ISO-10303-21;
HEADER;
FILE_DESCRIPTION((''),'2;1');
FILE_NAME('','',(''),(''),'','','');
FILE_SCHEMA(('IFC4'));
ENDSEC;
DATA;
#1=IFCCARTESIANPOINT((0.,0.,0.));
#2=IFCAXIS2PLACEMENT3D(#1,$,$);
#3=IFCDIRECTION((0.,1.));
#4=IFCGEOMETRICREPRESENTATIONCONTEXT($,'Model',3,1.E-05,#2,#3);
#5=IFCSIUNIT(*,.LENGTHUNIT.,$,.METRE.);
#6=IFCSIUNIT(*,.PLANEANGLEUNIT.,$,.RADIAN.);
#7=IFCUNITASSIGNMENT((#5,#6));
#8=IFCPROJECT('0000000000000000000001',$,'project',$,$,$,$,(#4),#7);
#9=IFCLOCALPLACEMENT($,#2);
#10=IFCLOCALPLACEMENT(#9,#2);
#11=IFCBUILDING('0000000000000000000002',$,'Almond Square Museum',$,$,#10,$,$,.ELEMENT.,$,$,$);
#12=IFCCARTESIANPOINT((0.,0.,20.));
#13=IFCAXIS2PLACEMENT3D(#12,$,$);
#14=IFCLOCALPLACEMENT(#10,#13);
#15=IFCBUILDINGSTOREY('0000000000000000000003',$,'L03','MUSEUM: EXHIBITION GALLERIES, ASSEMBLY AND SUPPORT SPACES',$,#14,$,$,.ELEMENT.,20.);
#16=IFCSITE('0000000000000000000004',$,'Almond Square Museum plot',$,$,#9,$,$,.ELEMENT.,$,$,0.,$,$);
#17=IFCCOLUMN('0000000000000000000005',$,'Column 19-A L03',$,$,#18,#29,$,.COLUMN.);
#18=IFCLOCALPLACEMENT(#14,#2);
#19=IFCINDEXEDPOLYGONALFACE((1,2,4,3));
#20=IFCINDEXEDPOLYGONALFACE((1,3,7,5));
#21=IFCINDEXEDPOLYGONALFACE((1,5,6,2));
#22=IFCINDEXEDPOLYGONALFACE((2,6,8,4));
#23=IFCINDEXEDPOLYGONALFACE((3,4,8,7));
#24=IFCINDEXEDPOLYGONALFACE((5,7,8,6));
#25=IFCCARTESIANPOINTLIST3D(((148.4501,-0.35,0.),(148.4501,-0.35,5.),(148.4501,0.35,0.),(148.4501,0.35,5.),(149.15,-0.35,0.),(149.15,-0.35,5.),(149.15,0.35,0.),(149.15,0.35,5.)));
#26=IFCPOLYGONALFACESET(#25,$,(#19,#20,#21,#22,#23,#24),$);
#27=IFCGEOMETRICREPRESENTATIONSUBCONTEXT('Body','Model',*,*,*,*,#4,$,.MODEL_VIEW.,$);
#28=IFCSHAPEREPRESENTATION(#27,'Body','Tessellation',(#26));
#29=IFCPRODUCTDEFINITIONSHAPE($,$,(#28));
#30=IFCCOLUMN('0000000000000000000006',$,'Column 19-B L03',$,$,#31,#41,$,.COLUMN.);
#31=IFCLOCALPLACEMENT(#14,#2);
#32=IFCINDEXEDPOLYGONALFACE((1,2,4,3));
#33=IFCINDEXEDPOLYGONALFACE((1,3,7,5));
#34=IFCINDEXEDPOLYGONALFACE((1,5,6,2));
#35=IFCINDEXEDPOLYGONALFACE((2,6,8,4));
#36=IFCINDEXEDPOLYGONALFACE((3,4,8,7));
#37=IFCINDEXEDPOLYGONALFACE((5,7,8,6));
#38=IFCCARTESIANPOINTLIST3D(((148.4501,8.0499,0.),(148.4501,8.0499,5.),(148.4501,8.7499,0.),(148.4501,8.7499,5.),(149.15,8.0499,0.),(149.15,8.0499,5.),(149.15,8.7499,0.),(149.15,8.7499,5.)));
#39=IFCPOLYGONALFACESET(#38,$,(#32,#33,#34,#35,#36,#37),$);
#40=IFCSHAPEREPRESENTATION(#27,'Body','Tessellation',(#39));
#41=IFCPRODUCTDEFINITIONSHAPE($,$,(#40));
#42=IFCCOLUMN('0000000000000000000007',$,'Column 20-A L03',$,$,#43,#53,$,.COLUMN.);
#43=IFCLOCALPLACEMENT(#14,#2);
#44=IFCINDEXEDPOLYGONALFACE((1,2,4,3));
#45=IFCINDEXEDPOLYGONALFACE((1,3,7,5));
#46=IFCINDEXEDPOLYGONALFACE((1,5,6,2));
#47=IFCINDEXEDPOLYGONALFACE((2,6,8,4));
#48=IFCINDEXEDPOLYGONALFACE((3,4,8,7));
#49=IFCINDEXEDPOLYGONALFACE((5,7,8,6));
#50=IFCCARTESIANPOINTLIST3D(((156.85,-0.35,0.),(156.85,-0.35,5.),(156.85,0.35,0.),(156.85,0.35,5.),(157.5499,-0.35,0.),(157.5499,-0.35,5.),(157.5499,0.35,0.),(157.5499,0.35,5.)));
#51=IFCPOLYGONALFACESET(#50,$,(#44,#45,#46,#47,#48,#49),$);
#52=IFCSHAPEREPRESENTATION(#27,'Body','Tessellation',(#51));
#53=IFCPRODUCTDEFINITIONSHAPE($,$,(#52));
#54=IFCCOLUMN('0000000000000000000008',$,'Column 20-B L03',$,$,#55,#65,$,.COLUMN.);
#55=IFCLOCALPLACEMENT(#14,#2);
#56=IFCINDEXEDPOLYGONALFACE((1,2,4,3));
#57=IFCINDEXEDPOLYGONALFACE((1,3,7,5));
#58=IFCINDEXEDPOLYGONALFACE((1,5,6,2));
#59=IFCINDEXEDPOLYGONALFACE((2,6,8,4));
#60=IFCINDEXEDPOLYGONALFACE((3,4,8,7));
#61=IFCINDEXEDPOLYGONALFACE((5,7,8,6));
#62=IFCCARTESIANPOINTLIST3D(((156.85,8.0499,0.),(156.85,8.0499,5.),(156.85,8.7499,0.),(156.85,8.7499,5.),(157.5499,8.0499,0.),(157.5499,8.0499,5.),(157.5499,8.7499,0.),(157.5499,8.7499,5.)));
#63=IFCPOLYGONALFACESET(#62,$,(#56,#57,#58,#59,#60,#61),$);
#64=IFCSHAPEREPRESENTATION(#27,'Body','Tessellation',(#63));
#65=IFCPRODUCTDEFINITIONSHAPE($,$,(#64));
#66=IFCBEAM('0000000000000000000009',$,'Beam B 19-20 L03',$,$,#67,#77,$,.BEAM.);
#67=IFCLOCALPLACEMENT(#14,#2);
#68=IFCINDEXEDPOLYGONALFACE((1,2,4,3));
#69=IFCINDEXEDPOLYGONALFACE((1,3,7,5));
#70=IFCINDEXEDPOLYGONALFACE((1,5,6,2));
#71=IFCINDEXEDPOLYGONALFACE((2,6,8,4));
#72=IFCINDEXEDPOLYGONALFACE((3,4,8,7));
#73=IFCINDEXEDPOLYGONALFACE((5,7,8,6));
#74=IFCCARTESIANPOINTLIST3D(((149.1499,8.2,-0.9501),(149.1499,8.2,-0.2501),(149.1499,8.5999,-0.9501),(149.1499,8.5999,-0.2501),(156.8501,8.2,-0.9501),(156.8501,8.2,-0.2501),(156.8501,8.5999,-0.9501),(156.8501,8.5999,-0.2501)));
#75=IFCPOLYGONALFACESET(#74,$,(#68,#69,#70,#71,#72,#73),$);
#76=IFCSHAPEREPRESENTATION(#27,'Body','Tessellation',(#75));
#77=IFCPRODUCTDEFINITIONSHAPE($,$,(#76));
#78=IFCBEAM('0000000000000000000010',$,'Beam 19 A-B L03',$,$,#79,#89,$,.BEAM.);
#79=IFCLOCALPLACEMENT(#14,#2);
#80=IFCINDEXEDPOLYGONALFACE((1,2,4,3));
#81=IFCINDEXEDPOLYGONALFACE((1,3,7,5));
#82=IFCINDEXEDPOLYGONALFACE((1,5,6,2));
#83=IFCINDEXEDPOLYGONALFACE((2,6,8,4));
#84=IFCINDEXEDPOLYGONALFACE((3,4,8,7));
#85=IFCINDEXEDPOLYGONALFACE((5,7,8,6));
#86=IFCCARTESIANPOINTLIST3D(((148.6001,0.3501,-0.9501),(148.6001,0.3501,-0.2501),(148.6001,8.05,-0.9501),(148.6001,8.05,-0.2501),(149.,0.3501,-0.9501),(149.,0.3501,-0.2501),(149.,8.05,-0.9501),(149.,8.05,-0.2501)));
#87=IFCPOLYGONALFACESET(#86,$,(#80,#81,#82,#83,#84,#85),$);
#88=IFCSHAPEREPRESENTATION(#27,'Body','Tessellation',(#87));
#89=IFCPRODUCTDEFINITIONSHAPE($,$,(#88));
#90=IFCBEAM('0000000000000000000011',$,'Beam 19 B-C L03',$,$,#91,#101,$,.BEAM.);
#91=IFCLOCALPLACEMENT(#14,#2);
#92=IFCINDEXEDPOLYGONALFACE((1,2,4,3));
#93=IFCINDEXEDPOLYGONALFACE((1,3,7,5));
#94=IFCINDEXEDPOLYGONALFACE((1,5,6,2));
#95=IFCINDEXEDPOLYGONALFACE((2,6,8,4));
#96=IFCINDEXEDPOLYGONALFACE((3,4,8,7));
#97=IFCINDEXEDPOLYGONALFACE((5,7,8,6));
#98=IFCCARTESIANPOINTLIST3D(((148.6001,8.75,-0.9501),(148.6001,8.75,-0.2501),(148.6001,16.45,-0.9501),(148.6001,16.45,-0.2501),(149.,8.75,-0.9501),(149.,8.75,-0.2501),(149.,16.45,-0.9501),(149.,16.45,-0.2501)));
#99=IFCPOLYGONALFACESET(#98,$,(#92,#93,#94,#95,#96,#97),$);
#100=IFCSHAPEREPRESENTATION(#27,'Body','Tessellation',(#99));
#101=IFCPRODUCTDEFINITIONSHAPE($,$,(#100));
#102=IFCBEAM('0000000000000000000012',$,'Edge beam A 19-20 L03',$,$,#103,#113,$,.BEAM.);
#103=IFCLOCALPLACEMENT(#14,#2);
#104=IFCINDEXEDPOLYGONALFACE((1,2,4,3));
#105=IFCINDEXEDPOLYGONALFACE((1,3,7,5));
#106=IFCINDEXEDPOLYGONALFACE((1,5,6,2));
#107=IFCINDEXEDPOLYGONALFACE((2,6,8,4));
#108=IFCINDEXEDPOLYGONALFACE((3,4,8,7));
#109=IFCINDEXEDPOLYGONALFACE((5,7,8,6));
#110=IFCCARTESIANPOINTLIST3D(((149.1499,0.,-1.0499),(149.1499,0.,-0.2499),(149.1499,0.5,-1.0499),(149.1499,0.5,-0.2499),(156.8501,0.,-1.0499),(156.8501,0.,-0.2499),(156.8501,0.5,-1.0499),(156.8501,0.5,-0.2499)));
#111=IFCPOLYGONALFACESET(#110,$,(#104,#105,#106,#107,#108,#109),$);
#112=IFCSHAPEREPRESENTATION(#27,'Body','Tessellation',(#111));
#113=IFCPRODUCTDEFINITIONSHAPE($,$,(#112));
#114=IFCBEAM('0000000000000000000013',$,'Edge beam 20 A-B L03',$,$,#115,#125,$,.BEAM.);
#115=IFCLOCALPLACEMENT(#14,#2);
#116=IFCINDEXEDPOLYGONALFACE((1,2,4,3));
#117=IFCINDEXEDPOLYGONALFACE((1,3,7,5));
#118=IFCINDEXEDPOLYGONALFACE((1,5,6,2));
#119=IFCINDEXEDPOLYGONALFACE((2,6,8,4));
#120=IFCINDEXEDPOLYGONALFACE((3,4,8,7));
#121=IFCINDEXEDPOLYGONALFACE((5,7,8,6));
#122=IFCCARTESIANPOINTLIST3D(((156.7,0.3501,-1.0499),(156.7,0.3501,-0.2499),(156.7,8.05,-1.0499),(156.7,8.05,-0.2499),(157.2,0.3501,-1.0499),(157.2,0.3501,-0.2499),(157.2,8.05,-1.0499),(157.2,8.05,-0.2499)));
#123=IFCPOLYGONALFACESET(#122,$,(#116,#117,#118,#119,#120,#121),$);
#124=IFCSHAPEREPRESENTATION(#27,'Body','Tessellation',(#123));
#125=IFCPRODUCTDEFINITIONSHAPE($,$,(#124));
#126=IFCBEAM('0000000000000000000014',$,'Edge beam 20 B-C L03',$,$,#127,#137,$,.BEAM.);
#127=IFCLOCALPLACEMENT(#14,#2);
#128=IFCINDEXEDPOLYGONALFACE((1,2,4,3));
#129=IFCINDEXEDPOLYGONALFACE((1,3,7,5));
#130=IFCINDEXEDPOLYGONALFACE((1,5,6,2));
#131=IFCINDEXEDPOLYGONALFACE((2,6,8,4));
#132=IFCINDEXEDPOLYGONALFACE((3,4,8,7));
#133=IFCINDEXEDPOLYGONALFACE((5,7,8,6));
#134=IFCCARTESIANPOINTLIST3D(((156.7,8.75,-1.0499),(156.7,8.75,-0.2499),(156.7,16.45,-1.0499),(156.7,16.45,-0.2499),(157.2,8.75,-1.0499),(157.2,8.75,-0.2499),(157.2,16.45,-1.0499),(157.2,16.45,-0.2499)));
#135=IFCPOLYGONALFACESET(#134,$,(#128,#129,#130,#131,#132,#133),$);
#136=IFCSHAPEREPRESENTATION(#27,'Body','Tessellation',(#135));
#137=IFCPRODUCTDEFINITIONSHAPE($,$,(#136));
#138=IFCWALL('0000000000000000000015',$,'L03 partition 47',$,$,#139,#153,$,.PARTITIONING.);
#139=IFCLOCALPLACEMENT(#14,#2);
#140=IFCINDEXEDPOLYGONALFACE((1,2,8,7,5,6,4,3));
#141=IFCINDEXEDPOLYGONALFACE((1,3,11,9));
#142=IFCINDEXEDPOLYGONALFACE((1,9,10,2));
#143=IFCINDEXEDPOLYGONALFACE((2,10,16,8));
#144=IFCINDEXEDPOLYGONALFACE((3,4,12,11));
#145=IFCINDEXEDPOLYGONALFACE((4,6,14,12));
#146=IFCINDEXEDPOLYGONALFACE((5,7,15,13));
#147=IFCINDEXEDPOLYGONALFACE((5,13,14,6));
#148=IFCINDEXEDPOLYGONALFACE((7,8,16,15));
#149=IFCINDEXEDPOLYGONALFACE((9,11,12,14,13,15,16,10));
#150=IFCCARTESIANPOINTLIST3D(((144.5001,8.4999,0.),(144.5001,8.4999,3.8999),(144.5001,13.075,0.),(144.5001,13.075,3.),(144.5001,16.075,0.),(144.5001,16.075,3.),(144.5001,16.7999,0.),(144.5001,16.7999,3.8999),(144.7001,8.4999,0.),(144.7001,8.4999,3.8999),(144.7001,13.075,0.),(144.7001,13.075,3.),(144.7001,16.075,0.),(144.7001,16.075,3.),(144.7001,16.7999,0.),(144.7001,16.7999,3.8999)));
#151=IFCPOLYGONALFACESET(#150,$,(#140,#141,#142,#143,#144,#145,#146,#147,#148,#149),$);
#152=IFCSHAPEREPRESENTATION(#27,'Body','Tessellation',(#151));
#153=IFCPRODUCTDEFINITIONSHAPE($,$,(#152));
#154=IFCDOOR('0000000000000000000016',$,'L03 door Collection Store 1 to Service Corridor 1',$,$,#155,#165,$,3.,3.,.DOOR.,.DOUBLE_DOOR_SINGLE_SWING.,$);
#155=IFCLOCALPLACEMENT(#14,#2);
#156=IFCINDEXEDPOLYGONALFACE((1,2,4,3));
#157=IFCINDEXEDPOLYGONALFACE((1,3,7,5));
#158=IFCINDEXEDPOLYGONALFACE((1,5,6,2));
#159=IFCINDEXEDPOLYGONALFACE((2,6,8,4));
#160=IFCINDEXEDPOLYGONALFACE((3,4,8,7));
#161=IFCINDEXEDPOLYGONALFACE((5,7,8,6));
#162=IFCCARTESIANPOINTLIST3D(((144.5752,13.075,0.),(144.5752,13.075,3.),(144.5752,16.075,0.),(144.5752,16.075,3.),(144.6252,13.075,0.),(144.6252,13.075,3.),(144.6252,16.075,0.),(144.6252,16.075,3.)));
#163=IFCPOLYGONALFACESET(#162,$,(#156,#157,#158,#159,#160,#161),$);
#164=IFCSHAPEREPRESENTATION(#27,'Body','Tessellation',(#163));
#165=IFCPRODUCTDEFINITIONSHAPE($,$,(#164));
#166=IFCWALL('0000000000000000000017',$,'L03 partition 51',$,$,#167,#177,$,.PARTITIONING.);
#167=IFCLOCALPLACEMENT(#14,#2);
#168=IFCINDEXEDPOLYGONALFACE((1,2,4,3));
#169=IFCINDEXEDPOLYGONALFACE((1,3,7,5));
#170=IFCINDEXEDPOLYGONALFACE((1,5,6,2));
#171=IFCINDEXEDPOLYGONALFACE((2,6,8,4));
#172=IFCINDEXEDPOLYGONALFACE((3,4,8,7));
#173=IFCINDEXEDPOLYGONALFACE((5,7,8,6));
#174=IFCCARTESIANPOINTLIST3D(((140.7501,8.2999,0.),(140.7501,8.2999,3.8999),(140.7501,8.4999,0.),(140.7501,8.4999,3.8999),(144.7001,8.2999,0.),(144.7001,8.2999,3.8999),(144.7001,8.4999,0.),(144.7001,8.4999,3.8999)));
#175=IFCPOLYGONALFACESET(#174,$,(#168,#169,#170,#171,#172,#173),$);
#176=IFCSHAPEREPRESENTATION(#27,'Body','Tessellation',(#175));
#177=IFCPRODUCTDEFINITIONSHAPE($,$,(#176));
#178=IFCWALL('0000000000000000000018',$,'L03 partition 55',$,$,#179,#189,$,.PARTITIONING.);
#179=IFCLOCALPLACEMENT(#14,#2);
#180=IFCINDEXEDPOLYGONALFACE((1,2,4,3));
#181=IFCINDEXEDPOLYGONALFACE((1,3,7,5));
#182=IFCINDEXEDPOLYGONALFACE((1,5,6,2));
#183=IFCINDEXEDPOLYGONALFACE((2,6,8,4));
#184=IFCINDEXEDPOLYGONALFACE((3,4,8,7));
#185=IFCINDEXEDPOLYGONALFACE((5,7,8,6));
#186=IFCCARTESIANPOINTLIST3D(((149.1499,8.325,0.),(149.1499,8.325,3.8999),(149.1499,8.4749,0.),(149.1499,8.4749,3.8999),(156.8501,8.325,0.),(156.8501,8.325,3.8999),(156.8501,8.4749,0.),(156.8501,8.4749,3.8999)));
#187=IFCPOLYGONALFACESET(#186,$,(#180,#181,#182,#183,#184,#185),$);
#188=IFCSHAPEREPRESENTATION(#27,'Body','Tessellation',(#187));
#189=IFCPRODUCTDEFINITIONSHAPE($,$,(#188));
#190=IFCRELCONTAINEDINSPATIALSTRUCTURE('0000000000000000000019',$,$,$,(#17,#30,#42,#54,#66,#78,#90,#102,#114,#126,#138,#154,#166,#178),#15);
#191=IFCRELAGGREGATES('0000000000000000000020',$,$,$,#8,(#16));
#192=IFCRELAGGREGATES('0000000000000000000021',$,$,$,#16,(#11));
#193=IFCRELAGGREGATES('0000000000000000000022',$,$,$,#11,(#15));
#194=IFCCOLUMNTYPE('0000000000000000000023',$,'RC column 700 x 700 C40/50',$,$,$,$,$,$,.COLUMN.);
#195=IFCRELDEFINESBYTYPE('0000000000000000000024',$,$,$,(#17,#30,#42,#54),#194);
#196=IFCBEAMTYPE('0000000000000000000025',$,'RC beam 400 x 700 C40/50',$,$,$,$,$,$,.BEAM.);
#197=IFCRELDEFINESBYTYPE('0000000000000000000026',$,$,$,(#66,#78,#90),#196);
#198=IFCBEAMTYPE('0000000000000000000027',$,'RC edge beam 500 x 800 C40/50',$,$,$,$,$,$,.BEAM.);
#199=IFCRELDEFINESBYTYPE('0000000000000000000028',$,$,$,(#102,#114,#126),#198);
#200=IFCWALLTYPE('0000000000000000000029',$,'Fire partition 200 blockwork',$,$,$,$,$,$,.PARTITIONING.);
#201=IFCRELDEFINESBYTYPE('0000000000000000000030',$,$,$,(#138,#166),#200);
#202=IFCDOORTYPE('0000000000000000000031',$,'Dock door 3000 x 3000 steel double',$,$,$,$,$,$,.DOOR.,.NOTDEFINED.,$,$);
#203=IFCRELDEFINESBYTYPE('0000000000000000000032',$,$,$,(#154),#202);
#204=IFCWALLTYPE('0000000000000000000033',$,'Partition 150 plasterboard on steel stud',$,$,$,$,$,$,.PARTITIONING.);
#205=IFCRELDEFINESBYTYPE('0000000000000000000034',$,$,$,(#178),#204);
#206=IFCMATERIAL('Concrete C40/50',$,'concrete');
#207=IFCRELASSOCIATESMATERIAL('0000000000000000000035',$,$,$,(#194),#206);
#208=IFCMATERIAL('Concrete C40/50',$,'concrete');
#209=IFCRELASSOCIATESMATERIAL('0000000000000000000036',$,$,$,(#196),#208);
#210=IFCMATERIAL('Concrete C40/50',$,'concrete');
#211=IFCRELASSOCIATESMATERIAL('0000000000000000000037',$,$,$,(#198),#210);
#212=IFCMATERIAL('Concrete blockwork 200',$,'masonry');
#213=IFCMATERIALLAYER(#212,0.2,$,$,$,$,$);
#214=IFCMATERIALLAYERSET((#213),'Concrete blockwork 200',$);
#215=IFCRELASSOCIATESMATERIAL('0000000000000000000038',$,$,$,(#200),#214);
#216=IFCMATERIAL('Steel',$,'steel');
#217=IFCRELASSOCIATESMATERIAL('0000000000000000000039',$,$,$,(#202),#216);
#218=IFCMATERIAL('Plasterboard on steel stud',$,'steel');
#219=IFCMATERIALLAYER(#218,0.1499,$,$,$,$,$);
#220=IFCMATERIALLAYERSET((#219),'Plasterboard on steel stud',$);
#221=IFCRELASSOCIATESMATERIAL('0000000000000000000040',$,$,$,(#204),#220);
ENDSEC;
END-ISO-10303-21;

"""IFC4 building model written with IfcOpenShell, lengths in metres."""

from ifc_helpers import new_model, si_unit, direction, frame, frame_2d, origin, origin_2d, place, context, subcontext, project, spatial, rectangle, extrude, material, layer, layer_set, material_profile, profile_set, type_object, element, fill, save


model = new_model("IFC4")

# Units and contexts
model_context = context("Model", 3, precision=1e-05, world=origin(), true_north=direction((0.0, 1.0)))
body_context = subcontext(model_context, "Body", "Model", "MODEL_VIEW")
ifc_project = project(units=[si_unit("LENGTHUNIT", "METRE"), si_unit("PLANEANGLEUNIT", "RADIAN")], contexts=[model_context])

# Site, building, storey
site_placement = place(None, origin())
site = spatial("IfcSite", under=ifc_project, at=site_placement, Name="Almond Square Museum plot", CompositionType="ELEMENT", RefElevation=0.0)
building_placement = place(site_placement, origin())
building = spatial("IfcBuilding", under=site, at=building_placement, Name="Almond Square Museum", CompositionType="ELEMENT")
storey_placement = place(building_placement, frame((0.0, 0.0, 20.0)))
storey = spatial("IfcBuildingStorey", under=building, at=storey_placement, Name="L03", Description="MUSEUM: EXHIBITION GALLERIES, ASSEMBLY AND SUPPORT SPACES", CompositionType="ELEMENT", Elevation=20.0)

# Columns
ifc_material_1 = material(Name="Concrete C40/50", Category="concrete")
ifc_material_profile_1 = material_profile(ifc_material_1, rectangle(XDim=0.7, YDim=0.7, at=origin_2d()))
ifc_profile_set_1 = profile_set([ifc_material_profile_1], Name="Concrete C40/50")
column_type = type_object("IfcColumnType", Name="RC column 700 x 700 C40/50", PredefinedType="COLUMN", material=ifc_profile_set_1)
for number, where, z_axis, x_axis, name in (
    (1, (148.8, 0.0, 0.0), (0.0, 0.0, 1.0), (1.0, 0.0, 0.0), "Column 19-A L03"),
    (2, (148.8, 8.3999, 0.0), (0.0, 0.0, 1.0), (1.0, 0.0, 0.0), "Column 19-B L03"),
    (3, (157.2, 0.0, 0.0), (0.0, 0.0, 1.0), (1.0, 0.0, 0.0), "Column 20-A L03"),
    (4, (157.2, 8.3999, 0.0), (0.0, 0.0, 1.0), (1.0, 0.0, 0.0), "Column 20-B L03"),
):
    element("IfcColumn", number, at=place(storey_placement, frame(where, z_axis=z_axis, x_axis=x_axis)), inside=storey, type_object=column_type, Name=name, PredefinedType="COLUMN", context=body_context, shape_type="SweptSolid", body=[
        extrude(rectangle(XDim=0.7, YDim=0.7, at=origin_2d()), origin(), (0.0, 0.0, 1.0), 5.0),
    ])

# Beams
ifc_material_2 = material(Name="Concrete C40/50", Category="concrete")
ifc_material_profile_2 = material_profile(ifc_material_2, rectangle(XDim=0.3999, YDim=0.7, at=origin_2d()))
ifc_profile_set_2 = profile_set([ifc_material_profile_2], Name="Concrete C40/50")
beam_type_1 = type_object("IfcBeamType", Name="RC beam 400 x 700 C40/50", PredefinedType="BEAM", material=ifc_profile_set_2)
beam_1_placement = place(storey_placement, frame((149.1499, 8.3999, -0.6001), z_axis=(1.0, 0.0, 0.0), x_axis=(0.0, 1.0, 0.0)))
element("IfcBeam", 5, at=beam_1_placement, inside=storey, type_object=beam_type_1, Name="Beam B 19-20 L03", PredefinedType="BEAM", context=body_context, shape_type="SweptSolid", body=[
    extrude(rectangle(XDim=0.3999, YDim=0.7, at=origin_2d()), origin(), (0.0, 0.0, 1.0), 7.7002),
])
for number, where, z_axis, x_axis, name in (
    (6, (148.8, 0.3501, -0.6001), (0.0, 1.0, 0.0), (-1.0, 0.0, 0.0), "Beam 19 A-B L03"),
    (7, (148.8, 8.75, -0.6001), (0.0, 1.0, 0.0), (-1.0, 0.0, 0.0), "Beam 19 B-C L03"),
):
    element("IfcBeam", number, at=place(storey_placement, frame(where, z_axis=z_axis, x_axis=x_axis)), inside=storey, type_object=beam_type_1, Name=name, PredefinedType="BEAM", context=body_context, shape_type="SweptSolid", body=[
        extrude(rectangle(XDim=0.3999, YDim=0.7, at=origin_2d()), origin(), (0.0, 0.0, 1.0), 7.7),
    ])
ifc_material_3 = material(Name="Concrete C40/50", Category="concrete")
ifc_material_profile_3 = material_profile(ifc_material_3, rectangle(XDim=0.5, YDim=0.8, at=origin_2d()))
ifc_profile_set_3 = profile_set([ifc_material_profile_3], Name="Concrete C40/50")
beam_type_2 = type_object("IfcBeamType", Name="RC edge beam 500 x 800 C40/50", PredefinedType="BEAM", material=ifc_profile_set_3)
beam_2_placement = place(storey_placement, frame((149.1499, 0.25, -0.6499), z_axis=(1.0, 0.0, 0.0), x_axis=(0.0, 1.0, 0.0)))
element("IfcBeam", 8, at=beam_2_placement, inside=storey, type_object=beam_type_2, Name="Edge beam A 19-20 L03", PredefinedType="BEAM", context=body_context, shape_type="SweptSolid", body=[
    extrude(rectangle(XDim=0.5, YDim=0.8, at=origin_2d()), origin(), (0.0, 0.0, 1.0), 7.7002),
])
for number, where, z_axis, x_axis, name in (
    (9, (156.95, 0.3501, -0.6499), (0.0, 1.0, 0.0), (-1.0, 0.0, 0.0), "Edge beam 20 A-B L03"),
    (10, (156.95, 8.75, -0.6499), (0.0, 1.0, 0.0), (-1.0, 0.0, 0.0), "Edge beam 20 B-C L03"),
):
    element("IfcBeam", number, at=place(storey_placement, frame(where, z_axis=z_axis, x_axis=x_axis)), inside=storey, type_object=beam_type_2, Name=name, PredefinedType="BEAM", context=body_context, shape_type="SweptSolid", body=[
        extrude(rectangle(XDim=0.5, YDim=0.8, at=origin_2d()), origin(), (0.0, 0.0, 1.0), 7.7),
    ])

# Wall, opening, door
ifc_material_4 = material(Name="Concrete blockwork 200", Category="masonry")
ifc_layer_1 = layer(ifc_material_4, 0.2)
ifc_layer_set_1 = layer_set([ifc_layer_1], Name="Concrete blockwork 200")
wall_type_1 = type_object("IfcWallType", Name="Fire partition 200 blockwork", PredefinedType="PARTITIONING", material=ifc_layer_set_1)
wall_1_placement = place(storey_placement, frame((144.6001, 8.5, 0.0), z_axis=(0.0, 0.0, 1.0), x_axis=(0.0, 1.0, 0.0)))
wall_1 = element("IfcWall", 11, at=wall_1_placement, inside=storey, type_object=wall_type_1, Name="L03 partition 47", PredefinedType="PARTITIONING", context=body_context, shape_type="SweptSolid", body=[
    extrude(rectangle(XDim=8.3, YDim=0.2, at=frame_2d((4.1499, 0.0))), origin(), (0.0, 0.0, 1.0), 3.8999),
])
opening_placement = place(wall_1_placement, frame((4.575, 0.0, 0.0)))
opening = element("IfcOpeningElement", 12, at=opening_placement, cuts=wall_1, PredefinedType="OPENING", context=body_context, shape_type="SweptSolid", body=[
    extrude(rectangle(XDim=3.0, YDim=3.0, at=frame_2d((1.5, 1.5))), frame((0.0, 0.1099, 0.0), z_axis=(0.0, -1.0, 0.0), x_axis=(1.0, 0.0, 0.0)), (0.0, 0.0, 1.0), 0.22),
])
ifc_material_5 = material(Name="Steel", Category="steel")
door_type = type_object("IfcDoorType", Name="Dock door 3000 x 3000 steel double", OperationType="NOTDEFINED", PredefinedType="DOOR", material=ifc_material_5)
door_placement = place(opening_placement, origin())
door = element("IfcDoor", 13, at=door_placement, inside=storey, type_object=door_type, Name="L03 door Collection Store 1 to Service Corridor 1", OperationType="DOUBLE_DOOR_SINGLE_SWING", OverallHeight=3.0, OverallWidth=3.0, PredefinedType="DOOR", context=body_context, shape_type="SweptSolid", body=[
    extrude(rectangle(XDim=3.0, YDim=3.0, at=frame_2d((1.5, 1.5))), frame((0.0, 0.0249, 0.0), z_axis=(0.0, -1.0, 0.0), x_axis=(1.0, 0.0, 0.0)), (0.0, 0.0, 1.0), 0.05),
])
fill(opening, door)

# Walls
wall_2_placement = place(storey_placement, frame((140.75, 8.3999, 0.0), z_axis=(0.0, 0.0, 1.0), x_axis=(1.0, 0.0, 0.0)))
element("IfcWall", 14, at=wall_2_placement, inside=storey, type_object=wall_type_1, Name="L03 partition 51", PredefinedType="PARTITIONING", context=body_context, shape_type="SweptSolid", body=[
    extrude(rectangle(XDim=3.95, YDim=0.2, at=frame_2d((1.9751, 0.0))), origin(), (0.0, 0.0, 1.0), 3.8999),
])
ifc_material_6 = material(Name="Plasterboard on steel stud", Category="steel")
ifc_layer_2 = layer(ifc_material_6, 0.1499)
ifc_layer_set_2 = layer_set([ifc_layer_2], Name="Plasterboard on steel stud")
wall_type_2 = type_object("IfcWallType", Name="Partition 150 plasterboard on steel stud", PredefinedType="PARTITIONING", material=ifc_layer_set_2)
wall_3_placement = place(storey_placement, frame((149.1499, 8.3999, 0.0), z_axis=(0.0, 0.0, 1.0), x_axis=(1.0, 0.0, 0.0)))
element("IfcWall", 15, at=wall_3_placement, inside=storey, type_object=wall_type_2, Name="L03 partition 55", PredefinedType="PARTITIONING", context=body_context, shape_type="SweptSolid", body=[
    extrude(rectangle(XDim=7.7002, YDim=0.1499, at=frame_2d((3.8501, 0.0))), origin(), (0.0, 0.0, 1.0), 3.8999),
])

save(model, "model.ifc")
